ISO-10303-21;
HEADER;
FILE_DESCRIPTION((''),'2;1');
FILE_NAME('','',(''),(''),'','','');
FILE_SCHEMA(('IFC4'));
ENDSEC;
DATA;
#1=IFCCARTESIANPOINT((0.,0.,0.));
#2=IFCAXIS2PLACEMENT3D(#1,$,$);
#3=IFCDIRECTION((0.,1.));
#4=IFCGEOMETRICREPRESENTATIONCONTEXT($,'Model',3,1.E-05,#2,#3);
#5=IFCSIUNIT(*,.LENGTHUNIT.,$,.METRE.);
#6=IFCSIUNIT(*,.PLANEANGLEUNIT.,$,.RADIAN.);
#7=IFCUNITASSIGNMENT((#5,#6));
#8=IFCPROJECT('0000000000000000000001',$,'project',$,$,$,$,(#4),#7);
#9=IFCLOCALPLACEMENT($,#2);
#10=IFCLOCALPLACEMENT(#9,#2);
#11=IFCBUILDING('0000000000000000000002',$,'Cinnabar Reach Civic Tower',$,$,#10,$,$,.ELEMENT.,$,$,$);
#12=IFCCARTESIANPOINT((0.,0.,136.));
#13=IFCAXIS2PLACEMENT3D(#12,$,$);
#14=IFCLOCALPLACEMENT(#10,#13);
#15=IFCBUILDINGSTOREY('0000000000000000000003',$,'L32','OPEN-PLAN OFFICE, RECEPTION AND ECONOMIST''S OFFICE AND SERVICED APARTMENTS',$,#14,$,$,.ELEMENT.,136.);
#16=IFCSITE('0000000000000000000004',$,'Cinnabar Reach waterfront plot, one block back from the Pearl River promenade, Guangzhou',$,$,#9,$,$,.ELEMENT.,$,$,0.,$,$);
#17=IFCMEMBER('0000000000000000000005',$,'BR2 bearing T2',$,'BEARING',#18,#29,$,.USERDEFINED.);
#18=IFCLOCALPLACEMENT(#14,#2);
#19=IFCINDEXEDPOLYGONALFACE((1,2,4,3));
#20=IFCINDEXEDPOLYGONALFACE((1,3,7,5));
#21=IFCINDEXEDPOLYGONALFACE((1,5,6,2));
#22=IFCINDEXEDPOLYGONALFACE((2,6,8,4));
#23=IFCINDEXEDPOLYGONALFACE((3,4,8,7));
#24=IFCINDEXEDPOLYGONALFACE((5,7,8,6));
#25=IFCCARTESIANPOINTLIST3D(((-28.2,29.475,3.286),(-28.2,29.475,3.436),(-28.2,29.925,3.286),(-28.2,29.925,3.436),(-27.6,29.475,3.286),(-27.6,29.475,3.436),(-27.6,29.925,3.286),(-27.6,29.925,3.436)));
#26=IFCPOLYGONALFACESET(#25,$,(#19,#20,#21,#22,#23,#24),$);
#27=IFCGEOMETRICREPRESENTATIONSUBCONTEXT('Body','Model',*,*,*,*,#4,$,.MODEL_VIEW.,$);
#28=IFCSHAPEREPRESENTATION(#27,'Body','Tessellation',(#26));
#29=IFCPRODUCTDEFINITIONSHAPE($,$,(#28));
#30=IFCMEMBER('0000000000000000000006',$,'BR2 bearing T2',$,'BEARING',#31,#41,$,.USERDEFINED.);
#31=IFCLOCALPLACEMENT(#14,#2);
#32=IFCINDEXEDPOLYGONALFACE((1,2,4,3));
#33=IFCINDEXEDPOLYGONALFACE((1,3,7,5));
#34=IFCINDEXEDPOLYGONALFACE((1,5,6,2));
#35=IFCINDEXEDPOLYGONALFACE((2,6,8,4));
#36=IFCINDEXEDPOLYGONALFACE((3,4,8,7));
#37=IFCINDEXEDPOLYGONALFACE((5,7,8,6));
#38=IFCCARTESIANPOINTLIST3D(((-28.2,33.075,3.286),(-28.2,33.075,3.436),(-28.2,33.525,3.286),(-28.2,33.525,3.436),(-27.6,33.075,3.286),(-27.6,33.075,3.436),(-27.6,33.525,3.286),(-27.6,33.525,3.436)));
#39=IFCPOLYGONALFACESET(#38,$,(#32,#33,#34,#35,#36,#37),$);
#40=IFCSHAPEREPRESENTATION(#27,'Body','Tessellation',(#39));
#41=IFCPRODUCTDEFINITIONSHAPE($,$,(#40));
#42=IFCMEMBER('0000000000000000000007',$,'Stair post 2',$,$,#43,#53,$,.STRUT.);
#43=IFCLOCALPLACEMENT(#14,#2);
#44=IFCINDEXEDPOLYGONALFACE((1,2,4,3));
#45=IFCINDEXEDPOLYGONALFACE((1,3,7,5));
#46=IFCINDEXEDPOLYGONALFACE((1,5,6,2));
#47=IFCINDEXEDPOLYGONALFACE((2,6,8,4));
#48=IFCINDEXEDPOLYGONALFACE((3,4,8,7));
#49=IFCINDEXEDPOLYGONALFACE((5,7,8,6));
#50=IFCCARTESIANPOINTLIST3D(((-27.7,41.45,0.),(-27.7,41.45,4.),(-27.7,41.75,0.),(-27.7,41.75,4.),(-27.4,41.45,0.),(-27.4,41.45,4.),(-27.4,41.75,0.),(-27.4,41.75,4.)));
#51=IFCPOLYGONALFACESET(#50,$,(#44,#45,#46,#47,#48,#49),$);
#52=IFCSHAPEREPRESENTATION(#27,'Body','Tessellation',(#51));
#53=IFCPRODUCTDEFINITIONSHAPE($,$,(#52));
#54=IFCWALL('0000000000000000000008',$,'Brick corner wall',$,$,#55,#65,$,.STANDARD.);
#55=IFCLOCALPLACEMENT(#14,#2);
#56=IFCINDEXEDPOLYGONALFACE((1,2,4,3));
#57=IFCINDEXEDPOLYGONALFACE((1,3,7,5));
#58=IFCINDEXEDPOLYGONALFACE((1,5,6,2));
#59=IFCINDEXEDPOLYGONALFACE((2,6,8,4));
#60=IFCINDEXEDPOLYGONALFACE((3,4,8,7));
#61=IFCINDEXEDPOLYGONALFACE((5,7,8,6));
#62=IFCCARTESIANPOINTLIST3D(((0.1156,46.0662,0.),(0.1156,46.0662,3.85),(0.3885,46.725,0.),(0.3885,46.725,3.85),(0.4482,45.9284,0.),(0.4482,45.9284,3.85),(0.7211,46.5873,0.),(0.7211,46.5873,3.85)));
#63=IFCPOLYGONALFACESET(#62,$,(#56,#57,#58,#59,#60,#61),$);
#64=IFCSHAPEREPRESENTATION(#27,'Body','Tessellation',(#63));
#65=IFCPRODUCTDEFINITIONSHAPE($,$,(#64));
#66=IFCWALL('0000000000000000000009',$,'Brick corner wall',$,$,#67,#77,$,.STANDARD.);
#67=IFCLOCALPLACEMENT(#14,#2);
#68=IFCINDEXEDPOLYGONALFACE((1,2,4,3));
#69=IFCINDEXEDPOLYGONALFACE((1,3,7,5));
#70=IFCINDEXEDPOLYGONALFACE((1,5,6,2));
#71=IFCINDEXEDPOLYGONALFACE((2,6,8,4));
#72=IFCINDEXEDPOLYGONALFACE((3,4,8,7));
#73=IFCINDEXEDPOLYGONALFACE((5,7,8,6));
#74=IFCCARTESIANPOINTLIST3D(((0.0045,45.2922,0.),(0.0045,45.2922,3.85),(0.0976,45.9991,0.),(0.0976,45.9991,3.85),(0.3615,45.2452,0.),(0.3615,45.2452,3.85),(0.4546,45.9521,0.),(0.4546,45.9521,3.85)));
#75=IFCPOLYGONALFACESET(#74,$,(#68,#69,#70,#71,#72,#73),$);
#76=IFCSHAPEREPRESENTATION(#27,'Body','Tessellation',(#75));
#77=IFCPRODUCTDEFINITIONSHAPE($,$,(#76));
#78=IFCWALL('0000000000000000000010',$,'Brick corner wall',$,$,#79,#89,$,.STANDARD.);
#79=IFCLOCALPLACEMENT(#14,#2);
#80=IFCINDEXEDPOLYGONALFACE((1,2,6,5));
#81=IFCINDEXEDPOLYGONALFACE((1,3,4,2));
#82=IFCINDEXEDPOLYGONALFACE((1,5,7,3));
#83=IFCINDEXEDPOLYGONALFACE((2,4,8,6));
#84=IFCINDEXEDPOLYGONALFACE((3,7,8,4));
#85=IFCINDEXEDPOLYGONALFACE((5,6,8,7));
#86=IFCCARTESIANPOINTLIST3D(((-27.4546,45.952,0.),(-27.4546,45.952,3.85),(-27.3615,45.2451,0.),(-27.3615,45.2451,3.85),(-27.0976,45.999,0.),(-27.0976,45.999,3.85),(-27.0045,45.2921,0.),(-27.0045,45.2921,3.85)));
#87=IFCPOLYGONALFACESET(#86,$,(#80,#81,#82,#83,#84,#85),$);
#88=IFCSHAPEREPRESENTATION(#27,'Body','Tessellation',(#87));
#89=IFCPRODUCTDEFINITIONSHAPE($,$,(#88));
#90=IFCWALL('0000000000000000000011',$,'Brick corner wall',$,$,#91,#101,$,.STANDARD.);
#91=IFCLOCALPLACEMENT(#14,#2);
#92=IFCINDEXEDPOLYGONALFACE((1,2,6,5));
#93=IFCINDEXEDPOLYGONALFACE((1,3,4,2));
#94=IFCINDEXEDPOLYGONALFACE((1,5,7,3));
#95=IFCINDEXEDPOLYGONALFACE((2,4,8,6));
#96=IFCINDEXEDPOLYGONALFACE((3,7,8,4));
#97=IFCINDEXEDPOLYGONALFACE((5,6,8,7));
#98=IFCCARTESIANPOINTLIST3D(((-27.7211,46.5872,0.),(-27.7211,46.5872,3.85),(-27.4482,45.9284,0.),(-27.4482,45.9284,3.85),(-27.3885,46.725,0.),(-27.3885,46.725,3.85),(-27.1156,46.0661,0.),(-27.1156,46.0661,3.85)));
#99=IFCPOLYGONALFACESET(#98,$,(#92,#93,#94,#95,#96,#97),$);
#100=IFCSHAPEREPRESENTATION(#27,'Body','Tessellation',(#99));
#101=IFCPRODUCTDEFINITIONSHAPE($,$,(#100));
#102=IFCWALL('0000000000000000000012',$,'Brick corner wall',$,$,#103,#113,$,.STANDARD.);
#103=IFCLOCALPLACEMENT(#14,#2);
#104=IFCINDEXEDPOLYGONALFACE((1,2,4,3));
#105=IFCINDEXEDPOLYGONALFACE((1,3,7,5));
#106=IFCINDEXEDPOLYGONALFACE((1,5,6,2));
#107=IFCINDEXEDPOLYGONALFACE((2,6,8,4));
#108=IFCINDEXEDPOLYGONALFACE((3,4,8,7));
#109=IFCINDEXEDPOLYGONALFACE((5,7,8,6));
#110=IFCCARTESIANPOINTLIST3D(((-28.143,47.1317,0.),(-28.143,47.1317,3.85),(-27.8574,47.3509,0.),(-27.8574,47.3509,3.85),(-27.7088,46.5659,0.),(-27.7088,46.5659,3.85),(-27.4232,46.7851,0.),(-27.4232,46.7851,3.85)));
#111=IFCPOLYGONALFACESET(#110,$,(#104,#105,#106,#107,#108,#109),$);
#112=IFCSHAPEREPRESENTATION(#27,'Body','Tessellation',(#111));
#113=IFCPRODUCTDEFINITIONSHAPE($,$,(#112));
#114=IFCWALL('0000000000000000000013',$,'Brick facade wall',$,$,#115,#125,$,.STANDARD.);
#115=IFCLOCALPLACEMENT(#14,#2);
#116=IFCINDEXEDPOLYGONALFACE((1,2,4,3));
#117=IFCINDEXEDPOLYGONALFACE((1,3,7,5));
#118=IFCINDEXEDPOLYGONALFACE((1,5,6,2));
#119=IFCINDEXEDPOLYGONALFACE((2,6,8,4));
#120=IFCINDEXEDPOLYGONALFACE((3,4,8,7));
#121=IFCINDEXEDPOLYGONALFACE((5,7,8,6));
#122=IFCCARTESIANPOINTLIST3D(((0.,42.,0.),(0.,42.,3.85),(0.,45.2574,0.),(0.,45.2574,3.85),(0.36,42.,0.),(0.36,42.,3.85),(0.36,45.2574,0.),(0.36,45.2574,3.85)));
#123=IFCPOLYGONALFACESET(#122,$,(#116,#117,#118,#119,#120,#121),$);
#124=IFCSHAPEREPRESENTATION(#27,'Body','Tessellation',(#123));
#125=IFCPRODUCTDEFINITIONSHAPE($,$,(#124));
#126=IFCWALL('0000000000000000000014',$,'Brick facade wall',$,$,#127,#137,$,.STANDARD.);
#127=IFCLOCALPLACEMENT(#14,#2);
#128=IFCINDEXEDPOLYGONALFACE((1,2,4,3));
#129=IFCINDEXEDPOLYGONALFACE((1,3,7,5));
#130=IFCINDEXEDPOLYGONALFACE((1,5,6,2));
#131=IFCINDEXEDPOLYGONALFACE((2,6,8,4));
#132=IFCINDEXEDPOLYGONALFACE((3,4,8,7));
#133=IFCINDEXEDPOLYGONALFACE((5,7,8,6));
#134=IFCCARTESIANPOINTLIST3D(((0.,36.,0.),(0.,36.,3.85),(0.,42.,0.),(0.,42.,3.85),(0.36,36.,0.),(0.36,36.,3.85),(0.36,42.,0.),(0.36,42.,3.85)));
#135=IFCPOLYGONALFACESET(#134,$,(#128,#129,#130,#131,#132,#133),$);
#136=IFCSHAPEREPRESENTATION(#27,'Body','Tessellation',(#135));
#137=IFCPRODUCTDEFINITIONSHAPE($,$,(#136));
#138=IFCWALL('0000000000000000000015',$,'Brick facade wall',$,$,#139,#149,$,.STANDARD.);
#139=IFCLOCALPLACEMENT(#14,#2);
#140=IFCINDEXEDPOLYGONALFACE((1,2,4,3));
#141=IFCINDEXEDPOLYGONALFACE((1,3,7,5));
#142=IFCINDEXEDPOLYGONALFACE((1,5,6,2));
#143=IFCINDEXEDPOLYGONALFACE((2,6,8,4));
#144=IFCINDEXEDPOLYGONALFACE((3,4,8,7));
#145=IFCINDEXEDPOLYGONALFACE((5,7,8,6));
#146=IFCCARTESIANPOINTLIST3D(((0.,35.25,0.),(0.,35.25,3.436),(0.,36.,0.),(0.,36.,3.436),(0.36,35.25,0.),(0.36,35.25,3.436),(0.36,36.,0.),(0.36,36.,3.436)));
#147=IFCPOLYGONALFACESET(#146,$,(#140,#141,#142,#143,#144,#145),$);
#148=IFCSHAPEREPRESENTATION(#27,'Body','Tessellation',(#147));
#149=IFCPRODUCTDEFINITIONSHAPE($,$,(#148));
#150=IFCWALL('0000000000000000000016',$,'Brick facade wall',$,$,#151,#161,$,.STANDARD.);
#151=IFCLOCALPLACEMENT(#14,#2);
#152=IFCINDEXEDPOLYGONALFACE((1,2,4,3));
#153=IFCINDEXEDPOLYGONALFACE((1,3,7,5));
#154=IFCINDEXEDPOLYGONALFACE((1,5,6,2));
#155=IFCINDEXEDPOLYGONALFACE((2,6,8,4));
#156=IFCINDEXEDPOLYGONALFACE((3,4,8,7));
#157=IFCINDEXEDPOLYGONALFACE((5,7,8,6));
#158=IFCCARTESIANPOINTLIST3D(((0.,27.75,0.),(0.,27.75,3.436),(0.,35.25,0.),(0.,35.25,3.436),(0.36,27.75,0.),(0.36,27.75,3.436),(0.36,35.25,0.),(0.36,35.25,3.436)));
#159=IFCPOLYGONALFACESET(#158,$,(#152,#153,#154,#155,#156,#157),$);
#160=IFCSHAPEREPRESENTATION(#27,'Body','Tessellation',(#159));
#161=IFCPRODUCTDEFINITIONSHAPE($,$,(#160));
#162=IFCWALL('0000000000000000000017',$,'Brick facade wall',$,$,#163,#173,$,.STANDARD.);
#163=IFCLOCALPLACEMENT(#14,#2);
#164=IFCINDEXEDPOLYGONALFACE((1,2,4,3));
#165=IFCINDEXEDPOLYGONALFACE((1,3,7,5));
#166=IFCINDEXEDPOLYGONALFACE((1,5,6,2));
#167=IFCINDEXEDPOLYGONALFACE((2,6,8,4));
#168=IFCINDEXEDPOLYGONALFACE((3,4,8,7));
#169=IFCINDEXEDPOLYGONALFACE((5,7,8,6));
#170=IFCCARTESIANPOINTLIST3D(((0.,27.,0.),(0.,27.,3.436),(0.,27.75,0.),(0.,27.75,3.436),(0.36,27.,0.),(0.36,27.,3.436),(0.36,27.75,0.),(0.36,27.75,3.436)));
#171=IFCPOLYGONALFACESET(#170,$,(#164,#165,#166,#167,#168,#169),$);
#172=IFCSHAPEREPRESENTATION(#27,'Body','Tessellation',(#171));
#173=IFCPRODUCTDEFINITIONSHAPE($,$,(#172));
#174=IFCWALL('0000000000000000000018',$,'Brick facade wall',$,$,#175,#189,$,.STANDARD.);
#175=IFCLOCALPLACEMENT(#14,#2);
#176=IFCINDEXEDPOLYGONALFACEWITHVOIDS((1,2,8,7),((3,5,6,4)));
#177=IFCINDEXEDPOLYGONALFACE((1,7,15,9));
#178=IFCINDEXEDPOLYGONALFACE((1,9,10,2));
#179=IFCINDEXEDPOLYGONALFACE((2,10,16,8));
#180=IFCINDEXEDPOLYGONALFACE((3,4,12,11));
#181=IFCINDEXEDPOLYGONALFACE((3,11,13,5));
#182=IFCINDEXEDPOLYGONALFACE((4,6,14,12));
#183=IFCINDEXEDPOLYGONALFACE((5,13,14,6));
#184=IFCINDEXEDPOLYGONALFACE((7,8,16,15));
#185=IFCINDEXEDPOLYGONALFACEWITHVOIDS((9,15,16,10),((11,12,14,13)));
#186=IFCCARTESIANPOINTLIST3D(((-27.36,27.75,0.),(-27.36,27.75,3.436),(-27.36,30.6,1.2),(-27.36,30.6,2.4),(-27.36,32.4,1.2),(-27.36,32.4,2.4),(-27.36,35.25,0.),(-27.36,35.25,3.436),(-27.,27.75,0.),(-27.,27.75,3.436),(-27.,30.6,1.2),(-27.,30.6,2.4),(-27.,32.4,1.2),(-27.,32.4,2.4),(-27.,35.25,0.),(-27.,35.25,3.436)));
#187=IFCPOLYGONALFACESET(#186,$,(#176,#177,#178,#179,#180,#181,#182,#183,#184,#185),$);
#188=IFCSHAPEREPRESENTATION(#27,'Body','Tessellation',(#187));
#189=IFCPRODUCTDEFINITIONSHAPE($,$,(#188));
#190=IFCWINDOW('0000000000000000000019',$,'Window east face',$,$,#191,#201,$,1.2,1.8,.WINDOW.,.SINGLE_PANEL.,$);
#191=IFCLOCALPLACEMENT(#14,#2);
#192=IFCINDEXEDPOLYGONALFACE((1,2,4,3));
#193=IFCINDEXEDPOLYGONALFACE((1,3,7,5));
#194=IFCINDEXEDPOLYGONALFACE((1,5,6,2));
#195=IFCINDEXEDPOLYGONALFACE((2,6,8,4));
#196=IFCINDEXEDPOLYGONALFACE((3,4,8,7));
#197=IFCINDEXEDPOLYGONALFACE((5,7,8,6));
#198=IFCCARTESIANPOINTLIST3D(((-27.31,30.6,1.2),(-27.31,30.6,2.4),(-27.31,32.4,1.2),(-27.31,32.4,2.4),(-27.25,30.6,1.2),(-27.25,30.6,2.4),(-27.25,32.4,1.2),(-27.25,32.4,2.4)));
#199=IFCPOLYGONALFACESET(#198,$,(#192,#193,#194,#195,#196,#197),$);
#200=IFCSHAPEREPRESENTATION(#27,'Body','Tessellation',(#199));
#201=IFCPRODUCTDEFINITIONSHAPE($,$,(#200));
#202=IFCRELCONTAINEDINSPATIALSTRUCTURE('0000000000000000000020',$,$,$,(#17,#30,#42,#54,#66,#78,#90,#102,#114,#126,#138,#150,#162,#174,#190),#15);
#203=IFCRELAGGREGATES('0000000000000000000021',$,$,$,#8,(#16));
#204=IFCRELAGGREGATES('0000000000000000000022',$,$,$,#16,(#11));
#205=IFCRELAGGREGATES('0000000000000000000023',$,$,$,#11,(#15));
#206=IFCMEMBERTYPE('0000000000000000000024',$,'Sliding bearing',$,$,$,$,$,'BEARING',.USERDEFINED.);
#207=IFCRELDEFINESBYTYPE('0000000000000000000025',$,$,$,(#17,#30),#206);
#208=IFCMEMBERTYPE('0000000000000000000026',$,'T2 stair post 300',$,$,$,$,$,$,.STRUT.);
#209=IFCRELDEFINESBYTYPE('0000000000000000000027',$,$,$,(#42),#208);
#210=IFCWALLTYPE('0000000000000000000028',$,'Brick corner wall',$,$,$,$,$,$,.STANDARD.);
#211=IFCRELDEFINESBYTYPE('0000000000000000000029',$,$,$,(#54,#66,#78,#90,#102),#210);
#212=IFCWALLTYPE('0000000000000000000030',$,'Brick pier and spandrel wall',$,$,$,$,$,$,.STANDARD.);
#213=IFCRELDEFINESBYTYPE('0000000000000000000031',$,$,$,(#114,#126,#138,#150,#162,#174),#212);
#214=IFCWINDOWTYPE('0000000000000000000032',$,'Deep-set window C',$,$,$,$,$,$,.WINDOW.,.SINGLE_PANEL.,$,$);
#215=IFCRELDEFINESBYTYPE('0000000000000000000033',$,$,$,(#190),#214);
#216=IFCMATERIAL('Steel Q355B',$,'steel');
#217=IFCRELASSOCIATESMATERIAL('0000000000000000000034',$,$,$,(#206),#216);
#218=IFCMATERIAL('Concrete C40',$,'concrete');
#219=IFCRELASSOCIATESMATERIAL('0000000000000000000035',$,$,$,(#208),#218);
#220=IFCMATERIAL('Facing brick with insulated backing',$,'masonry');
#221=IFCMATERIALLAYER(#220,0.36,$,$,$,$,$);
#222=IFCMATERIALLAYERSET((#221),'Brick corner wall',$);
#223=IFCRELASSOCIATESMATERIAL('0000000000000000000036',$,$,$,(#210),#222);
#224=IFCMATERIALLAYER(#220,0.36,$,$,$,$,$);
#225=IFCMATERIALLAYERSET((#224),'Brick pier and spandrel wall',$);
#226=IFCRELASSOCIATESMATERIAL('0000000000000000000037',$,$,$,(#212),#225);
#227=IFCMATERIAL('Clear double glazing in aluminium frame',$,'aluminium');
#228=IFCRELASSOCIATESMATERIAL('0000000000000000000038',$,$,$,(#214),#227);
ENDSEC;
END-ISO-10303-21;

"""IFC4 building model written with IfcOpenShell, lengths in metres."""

from ifc_helpers import new_model, si_unit, direction, frame, frame_2d, origin, origin_2d, place, context, subcontext, project, spatial, rectangle, extrude, material, layer, layer_set, material_profile, profile_set, type_object, element, fill, save


model = new_model("IFC4")

# Units and contexts
model_context = context("Model", 3, precision=1e-05, world=origin(), true_north=direction((0.0, 1.0)))
body_context = subcontext(model_context, "Body", "Model", "MODEL_VIEW")
ifc_project = project(units=[si_unit("LENGTHUNIT", "METRE"), si_unit("PLANEANGLEUNIT", "RADIAN")], contexts=[model_context])

# Site, building, storey
site_placement = place(None, origin())
site = spatial("IfcSite", under=ifc_project, at=site_placement, Name="Cinnabar Reach waterfront plot, one block back from the Pearl River promenade, Guangzhou", CompositionType="ELEMENT", RefElevation=0.0)
building_placement = place(site_placement, origin())
building = spatial("IfcBuilding", under=site, at=building_placement, Name="Cinnabar Reach Civic Tower", CompositionType="ELEMENT")
storey_placement = place(building_placement, frame((0.0, 0.0, 136.0)))
storey = spatial("IfcBuildingStorey", under=building, at=storey_placement, Name="L32", Description="OPEN-PLAN OFFICE, RECEPTION AND ECONOMIST'S OFFICE AND SERVICED APARTMENTS", CompositionType="ELEMENT", Elevation=136.0)

# Shared definitions
ifc_material_1 = material(Name="Steel Q355B", Category="steel")

# Members
member_type_1 = type_object("IfcMemberType", Name="Sliding bearing", ElementType="BEARING", PredefinedType="USERDEFINED", material=ifc_material_1)
for number, where, z_axis, x_axis, name in (
    (1, (-27.9, 29.7, 3.286), (0.0, 0.0, 1.0), (1.0, 0.0, 0.0), "BR2 bearing T2"),
    (2, (-27.9, 33.3, 3.286), (0.0, 0.0, 1.0), (1.0, 0.0, 0.0), "BR2 bearing T2"),
):
    element("IfcMember", number, at=place(storey_placement, frame(where, z_axis=z_axis, x_axis=x_axis)), inside=storey, type_object=member_type_1, Name=name, ObjectType="BEARING", PredefinedType="USERDEFINED", context=body_context, shape_type="SweptSolid", body=[
        extrude(rectangle(XDim=0.6, YDim=0.45, at=origin_2d()), origin(), (0.0, 0.0, 1.0), 0.15),
    ])
ifc_material_2 = material(Name="Concrete C40", Category="concrete")
ifc_material_profile_1 = material_profile(ifc_material_2, rectangle(XDim=0.3, YDim=0.3, at=origin_2d()), Name="C300")
ifc_profile_set_1 = profile_set([ifc_material_profile_1], Name="Concrete C40")
member_type_2 = type_object("IfcMemberType", Name="T2 stair post 300", PredefinedType="STRUT", material=ifc_profile_set_1)
member_placement = place(storey_placement, frame((-27.55, 41.6, 0.0), z_axis=(0.0, 0.0, 1.0), x_axis=(1.0, 0.0, 0.0)))
element("IfcMember", 3, at=member_placement, inside=storey, type_object=member_type_2, Name="Stair post 2", PredefinedType="STRUT", context=body_context, shape_type="SweptSolid", body=[
    extrude(rectangle(XDim=0.3, YDim=0.3, at=origin_2d()), origin(), (0.0, 0.0, 1.0), 4.0),
])

# Walls
ifc_material_3 = material(Name="Facing brick with insulated backing", Category="masonry")
ifc_layer_1 = layer(ifc_material_3, 0.36)
ifc_layer_set_1 = layer_set([ifc_layer_1], Name="Brick corner wall")
wall_type_1 = type_object("IfcWallType", Name="Brick corner wall", PredefinedType="STANDARD", material=ifc_layer_set_1)
for number, where, z_axis, x_axis, name in (
    (4, (0.5548, 46.6561, 0.0), (0.0, 0.0, 1.0), (-0.382703, -0.923872, 0.0), "Brick corner wall"),
    (5, (0.2761, 45.9756, 0.0), (0.0, 0.0, 1.0), (-0.130556, -0.991441, 0.0), "Brick corner wall"),
    (6, (-27.183, 45.2686, 0.0), (0.0, 0.0, 1.0), (-0.130556, 0.991441, 0.0), "Brick corner wall"),
    (7, (-27.2819, 45.9973, 0.0), (0.0, 0.0, 1.0), (-0.382703, 0.923872, 0.0), "Brick corner wall"),
):
    element("IfcWall", number, at=place(storey_placement, frame(where, z_axis=z_axis, x_axis=x_axis)), inside=storey, type_object=wall_type_1, Name=name, PredefinedType="STANDARD", context=body_context, shape_type="SweptSolid", body=[
        extrude(rectangle(XDim=0.7131, YDim=0.36, at=frame_2d((0.3565, 0.0))), origin(), (0.0, 0.0, 1.0), 3.85),
    ])
wall_1_placement = place(storey_placement, frame((-27.566, 46.6755, 0.0), z_axis=(0.0, 0.0, 1.0), x_axis=(-0.608802, 0.793322, 0.0)))
element("IfcWall", 8, at=wall_1_placement, inside=storey, type_object=wall_type_1, Name="Brick corner wall", PredefinedType="STANDARD", context=body_context, shape_type="SweptSolid", body=[
    extrude(rectangle(XDim=0.7132, YDim=0.36, at=frame_2d((0.3566, 0.0))), origin(), (0.0, 0.0, 1.0), 3.85),
])
ifc_layer_2 = layer(ifc_material_3, 0.36)
ifc_layer_set_2 = layer_set([ifc_layer_2], Name="Brick pier and spandrel wall")
wall_type_2 = type_object("IfcWallType", Name="Brick pier and spandrel wall", PredefinedType="STANDARD", material=ifc_layer_set_2)
wall_2_placement = place(storey_placement, frame((0.18, 45.2574, 0.0), z_axis=(0.0, 0.0, 1.0), x_axis=(0.0, -1.0, 0.0)))
element("IfcWall", 9, at=wall_2_placement, inside=storey, type_object=wall_type_2, Name="Brick facade wall", PredefinedType="STANDARD", context=body_context, shape_type="SweptSolid", body=[
    extrude(rectangle(XDim=3.2574, YDim=0.36, at=frame_2d((1.6287, 0.0))), origin(), (0.0, 0.0, 1.0), 3.85),
])
wall_3_placement = place(storey_placement, frame((0.18, 42.0, 0.0), z_axis=(0.0, 0.0, 1.0), x_axis=(0.0, -1.0, 0.0)))
element("IfcWall", 10, at=wall_3_placement, inside=storey, type_object=wall_type_2, Name="Brick facade wall", PredefinedType="STANDARD", context=body_context, shape_type="SweptSolid", body=[
    extrude(rectangle(XDim=6.0, YDim=0.36, at=frame_2d((3.0, 0.0))), origin(), (0.0, 0.0, 1.0), 3.85),
])
wall_4_placement = place(storey_placement, frame((0.18, 36.0, 0.0), z_axis=(0.0, 0.0, 1.0), x_axis=(0.0, -1.0, 0.0)))
element("IfcWall", 11, at=wall_4_placement, inside=storey, type_object=wall_type_2, Name="Brick facade wall", PredefinedType="STANDARD", context=body_context, shape_type="SweptSolid", body=[
    extrude(rectangle(XDim=0.75, YDim=0.36, at=frame_2d((0.375, 0.0))), origin(), (0.0, 0.0, 1.0), 3.436),
])
wall_5_placement = place(storey_placement, frame((0.18, 35.25, 0.0), z_axis=(0.0, 0.0, 1.0), x_axis=(0.0, -1.0, 0.0)))
element("IfcWall", 12, at=wall_5_placement, inside=storey, type_object=wall_type_2, Name="Brick facade wall", PredefinedType="STANDARD", context=body_context, shape_type="SweptSolid", body=[
    extrude(rectangle(XDim=7.5, YDim=0.36, at=frame_2d((3.75, 0.0))), origin(), (0.0, 0.0, 1.0), 3.436),
])
wall_6_placement = place(storey_placement, frame((0.18, 27.75, 0.0), z_axis=(0.0, 0.0, 1.0), x_axis=(0.0, -1.0, 0.0)))
element("IfcWall", 13, at=wall_6_placement, inside=storey, type_object=wall_type_2, Name="Brick facade wall", PredefinedType="STANDARD", context=body_context, shape_type="SweptSolid", body=[
    extrude(rectangle(XDim=0.75, YDim=0.36, at=frame_2d((0.375, 0.0))), origin(), (0.0, 0.0, 1.0), 3.436),
])

# Wall, opening, window
wall_7_placement = place(storey_placement, frame((-27.18, 27.75, 0.0), z_axis=(0.0, 0.0, 1.0), x_axis=(0.0, 1.0, 0.0)))
wall_7 = element("IfcWall", 14, at=wall_7_placement, inside=storey, type_object=wall_type_2, Name="Brick facade wall", PredefinedType="STANDARD", context=body_context, shape_type="SweptSolid", body=[
    extrude(rectangle(XDim=7.5, YDim=0.36, at=frame_2d((3.75, 0.0))), origin(), (0.0, 0.0, 1.0), 3.436),
])
opening_1_placement = place(wall_7_placement, frame((2.85, 0.0, 1.2)))
opening_1 = element("IfcOpeningElement", 15, at=opening_1_placement, cuts=wall_7, PredefinedType="OPENING", context=body_context, shape_type="SweptSolid", body=[
    extrude(rectangle(XDim=1.8, YDim=1.2, at=frame_2d((0.9, 0.6))), frame((0.0, 0.19, 0.0), z_axis=(0.0, -1.0, 0.0), x_axis=(1.0, 0.0, 0.0)), (0.0, 0.0, 1.0), 0.38),
])
ifc_material_4 = material(Name="Clear double glazing in aluminium frame", Category="aluminium")
window_type = type_object("IfcWindowType", Name="Deep-set window C", PartitioningType="SINGLE_PANEL", PredefinedType="WINDOW", material=ifc_material_4)
window_placement = place(opening_1_placement, origin())
window = element("IfcWindow", 16, at=window_placement, inside=storey, type_object=window_type, Name="Window east face", OverallHeight=1.2, OverallWidth=1.8, PartitioningType="SINGLE_PANEL", PredefinedType="WINDOW", context=body_context, shape_type="SweptSolid", body=[
    extrude(rectangle(XDim=1.8, YDim=1.2, at=frame_2d((0.9, 0.6))), frame((0.0, 0.13, 0.0), z_axis=(0.0, -1.0, 0.0), x_axis=(1.0, 0.0, 0.0)), (0.0, 0.0, 1.0), 0.06),
])
fill(opening_1, window)

save(model, "model.ifc")
